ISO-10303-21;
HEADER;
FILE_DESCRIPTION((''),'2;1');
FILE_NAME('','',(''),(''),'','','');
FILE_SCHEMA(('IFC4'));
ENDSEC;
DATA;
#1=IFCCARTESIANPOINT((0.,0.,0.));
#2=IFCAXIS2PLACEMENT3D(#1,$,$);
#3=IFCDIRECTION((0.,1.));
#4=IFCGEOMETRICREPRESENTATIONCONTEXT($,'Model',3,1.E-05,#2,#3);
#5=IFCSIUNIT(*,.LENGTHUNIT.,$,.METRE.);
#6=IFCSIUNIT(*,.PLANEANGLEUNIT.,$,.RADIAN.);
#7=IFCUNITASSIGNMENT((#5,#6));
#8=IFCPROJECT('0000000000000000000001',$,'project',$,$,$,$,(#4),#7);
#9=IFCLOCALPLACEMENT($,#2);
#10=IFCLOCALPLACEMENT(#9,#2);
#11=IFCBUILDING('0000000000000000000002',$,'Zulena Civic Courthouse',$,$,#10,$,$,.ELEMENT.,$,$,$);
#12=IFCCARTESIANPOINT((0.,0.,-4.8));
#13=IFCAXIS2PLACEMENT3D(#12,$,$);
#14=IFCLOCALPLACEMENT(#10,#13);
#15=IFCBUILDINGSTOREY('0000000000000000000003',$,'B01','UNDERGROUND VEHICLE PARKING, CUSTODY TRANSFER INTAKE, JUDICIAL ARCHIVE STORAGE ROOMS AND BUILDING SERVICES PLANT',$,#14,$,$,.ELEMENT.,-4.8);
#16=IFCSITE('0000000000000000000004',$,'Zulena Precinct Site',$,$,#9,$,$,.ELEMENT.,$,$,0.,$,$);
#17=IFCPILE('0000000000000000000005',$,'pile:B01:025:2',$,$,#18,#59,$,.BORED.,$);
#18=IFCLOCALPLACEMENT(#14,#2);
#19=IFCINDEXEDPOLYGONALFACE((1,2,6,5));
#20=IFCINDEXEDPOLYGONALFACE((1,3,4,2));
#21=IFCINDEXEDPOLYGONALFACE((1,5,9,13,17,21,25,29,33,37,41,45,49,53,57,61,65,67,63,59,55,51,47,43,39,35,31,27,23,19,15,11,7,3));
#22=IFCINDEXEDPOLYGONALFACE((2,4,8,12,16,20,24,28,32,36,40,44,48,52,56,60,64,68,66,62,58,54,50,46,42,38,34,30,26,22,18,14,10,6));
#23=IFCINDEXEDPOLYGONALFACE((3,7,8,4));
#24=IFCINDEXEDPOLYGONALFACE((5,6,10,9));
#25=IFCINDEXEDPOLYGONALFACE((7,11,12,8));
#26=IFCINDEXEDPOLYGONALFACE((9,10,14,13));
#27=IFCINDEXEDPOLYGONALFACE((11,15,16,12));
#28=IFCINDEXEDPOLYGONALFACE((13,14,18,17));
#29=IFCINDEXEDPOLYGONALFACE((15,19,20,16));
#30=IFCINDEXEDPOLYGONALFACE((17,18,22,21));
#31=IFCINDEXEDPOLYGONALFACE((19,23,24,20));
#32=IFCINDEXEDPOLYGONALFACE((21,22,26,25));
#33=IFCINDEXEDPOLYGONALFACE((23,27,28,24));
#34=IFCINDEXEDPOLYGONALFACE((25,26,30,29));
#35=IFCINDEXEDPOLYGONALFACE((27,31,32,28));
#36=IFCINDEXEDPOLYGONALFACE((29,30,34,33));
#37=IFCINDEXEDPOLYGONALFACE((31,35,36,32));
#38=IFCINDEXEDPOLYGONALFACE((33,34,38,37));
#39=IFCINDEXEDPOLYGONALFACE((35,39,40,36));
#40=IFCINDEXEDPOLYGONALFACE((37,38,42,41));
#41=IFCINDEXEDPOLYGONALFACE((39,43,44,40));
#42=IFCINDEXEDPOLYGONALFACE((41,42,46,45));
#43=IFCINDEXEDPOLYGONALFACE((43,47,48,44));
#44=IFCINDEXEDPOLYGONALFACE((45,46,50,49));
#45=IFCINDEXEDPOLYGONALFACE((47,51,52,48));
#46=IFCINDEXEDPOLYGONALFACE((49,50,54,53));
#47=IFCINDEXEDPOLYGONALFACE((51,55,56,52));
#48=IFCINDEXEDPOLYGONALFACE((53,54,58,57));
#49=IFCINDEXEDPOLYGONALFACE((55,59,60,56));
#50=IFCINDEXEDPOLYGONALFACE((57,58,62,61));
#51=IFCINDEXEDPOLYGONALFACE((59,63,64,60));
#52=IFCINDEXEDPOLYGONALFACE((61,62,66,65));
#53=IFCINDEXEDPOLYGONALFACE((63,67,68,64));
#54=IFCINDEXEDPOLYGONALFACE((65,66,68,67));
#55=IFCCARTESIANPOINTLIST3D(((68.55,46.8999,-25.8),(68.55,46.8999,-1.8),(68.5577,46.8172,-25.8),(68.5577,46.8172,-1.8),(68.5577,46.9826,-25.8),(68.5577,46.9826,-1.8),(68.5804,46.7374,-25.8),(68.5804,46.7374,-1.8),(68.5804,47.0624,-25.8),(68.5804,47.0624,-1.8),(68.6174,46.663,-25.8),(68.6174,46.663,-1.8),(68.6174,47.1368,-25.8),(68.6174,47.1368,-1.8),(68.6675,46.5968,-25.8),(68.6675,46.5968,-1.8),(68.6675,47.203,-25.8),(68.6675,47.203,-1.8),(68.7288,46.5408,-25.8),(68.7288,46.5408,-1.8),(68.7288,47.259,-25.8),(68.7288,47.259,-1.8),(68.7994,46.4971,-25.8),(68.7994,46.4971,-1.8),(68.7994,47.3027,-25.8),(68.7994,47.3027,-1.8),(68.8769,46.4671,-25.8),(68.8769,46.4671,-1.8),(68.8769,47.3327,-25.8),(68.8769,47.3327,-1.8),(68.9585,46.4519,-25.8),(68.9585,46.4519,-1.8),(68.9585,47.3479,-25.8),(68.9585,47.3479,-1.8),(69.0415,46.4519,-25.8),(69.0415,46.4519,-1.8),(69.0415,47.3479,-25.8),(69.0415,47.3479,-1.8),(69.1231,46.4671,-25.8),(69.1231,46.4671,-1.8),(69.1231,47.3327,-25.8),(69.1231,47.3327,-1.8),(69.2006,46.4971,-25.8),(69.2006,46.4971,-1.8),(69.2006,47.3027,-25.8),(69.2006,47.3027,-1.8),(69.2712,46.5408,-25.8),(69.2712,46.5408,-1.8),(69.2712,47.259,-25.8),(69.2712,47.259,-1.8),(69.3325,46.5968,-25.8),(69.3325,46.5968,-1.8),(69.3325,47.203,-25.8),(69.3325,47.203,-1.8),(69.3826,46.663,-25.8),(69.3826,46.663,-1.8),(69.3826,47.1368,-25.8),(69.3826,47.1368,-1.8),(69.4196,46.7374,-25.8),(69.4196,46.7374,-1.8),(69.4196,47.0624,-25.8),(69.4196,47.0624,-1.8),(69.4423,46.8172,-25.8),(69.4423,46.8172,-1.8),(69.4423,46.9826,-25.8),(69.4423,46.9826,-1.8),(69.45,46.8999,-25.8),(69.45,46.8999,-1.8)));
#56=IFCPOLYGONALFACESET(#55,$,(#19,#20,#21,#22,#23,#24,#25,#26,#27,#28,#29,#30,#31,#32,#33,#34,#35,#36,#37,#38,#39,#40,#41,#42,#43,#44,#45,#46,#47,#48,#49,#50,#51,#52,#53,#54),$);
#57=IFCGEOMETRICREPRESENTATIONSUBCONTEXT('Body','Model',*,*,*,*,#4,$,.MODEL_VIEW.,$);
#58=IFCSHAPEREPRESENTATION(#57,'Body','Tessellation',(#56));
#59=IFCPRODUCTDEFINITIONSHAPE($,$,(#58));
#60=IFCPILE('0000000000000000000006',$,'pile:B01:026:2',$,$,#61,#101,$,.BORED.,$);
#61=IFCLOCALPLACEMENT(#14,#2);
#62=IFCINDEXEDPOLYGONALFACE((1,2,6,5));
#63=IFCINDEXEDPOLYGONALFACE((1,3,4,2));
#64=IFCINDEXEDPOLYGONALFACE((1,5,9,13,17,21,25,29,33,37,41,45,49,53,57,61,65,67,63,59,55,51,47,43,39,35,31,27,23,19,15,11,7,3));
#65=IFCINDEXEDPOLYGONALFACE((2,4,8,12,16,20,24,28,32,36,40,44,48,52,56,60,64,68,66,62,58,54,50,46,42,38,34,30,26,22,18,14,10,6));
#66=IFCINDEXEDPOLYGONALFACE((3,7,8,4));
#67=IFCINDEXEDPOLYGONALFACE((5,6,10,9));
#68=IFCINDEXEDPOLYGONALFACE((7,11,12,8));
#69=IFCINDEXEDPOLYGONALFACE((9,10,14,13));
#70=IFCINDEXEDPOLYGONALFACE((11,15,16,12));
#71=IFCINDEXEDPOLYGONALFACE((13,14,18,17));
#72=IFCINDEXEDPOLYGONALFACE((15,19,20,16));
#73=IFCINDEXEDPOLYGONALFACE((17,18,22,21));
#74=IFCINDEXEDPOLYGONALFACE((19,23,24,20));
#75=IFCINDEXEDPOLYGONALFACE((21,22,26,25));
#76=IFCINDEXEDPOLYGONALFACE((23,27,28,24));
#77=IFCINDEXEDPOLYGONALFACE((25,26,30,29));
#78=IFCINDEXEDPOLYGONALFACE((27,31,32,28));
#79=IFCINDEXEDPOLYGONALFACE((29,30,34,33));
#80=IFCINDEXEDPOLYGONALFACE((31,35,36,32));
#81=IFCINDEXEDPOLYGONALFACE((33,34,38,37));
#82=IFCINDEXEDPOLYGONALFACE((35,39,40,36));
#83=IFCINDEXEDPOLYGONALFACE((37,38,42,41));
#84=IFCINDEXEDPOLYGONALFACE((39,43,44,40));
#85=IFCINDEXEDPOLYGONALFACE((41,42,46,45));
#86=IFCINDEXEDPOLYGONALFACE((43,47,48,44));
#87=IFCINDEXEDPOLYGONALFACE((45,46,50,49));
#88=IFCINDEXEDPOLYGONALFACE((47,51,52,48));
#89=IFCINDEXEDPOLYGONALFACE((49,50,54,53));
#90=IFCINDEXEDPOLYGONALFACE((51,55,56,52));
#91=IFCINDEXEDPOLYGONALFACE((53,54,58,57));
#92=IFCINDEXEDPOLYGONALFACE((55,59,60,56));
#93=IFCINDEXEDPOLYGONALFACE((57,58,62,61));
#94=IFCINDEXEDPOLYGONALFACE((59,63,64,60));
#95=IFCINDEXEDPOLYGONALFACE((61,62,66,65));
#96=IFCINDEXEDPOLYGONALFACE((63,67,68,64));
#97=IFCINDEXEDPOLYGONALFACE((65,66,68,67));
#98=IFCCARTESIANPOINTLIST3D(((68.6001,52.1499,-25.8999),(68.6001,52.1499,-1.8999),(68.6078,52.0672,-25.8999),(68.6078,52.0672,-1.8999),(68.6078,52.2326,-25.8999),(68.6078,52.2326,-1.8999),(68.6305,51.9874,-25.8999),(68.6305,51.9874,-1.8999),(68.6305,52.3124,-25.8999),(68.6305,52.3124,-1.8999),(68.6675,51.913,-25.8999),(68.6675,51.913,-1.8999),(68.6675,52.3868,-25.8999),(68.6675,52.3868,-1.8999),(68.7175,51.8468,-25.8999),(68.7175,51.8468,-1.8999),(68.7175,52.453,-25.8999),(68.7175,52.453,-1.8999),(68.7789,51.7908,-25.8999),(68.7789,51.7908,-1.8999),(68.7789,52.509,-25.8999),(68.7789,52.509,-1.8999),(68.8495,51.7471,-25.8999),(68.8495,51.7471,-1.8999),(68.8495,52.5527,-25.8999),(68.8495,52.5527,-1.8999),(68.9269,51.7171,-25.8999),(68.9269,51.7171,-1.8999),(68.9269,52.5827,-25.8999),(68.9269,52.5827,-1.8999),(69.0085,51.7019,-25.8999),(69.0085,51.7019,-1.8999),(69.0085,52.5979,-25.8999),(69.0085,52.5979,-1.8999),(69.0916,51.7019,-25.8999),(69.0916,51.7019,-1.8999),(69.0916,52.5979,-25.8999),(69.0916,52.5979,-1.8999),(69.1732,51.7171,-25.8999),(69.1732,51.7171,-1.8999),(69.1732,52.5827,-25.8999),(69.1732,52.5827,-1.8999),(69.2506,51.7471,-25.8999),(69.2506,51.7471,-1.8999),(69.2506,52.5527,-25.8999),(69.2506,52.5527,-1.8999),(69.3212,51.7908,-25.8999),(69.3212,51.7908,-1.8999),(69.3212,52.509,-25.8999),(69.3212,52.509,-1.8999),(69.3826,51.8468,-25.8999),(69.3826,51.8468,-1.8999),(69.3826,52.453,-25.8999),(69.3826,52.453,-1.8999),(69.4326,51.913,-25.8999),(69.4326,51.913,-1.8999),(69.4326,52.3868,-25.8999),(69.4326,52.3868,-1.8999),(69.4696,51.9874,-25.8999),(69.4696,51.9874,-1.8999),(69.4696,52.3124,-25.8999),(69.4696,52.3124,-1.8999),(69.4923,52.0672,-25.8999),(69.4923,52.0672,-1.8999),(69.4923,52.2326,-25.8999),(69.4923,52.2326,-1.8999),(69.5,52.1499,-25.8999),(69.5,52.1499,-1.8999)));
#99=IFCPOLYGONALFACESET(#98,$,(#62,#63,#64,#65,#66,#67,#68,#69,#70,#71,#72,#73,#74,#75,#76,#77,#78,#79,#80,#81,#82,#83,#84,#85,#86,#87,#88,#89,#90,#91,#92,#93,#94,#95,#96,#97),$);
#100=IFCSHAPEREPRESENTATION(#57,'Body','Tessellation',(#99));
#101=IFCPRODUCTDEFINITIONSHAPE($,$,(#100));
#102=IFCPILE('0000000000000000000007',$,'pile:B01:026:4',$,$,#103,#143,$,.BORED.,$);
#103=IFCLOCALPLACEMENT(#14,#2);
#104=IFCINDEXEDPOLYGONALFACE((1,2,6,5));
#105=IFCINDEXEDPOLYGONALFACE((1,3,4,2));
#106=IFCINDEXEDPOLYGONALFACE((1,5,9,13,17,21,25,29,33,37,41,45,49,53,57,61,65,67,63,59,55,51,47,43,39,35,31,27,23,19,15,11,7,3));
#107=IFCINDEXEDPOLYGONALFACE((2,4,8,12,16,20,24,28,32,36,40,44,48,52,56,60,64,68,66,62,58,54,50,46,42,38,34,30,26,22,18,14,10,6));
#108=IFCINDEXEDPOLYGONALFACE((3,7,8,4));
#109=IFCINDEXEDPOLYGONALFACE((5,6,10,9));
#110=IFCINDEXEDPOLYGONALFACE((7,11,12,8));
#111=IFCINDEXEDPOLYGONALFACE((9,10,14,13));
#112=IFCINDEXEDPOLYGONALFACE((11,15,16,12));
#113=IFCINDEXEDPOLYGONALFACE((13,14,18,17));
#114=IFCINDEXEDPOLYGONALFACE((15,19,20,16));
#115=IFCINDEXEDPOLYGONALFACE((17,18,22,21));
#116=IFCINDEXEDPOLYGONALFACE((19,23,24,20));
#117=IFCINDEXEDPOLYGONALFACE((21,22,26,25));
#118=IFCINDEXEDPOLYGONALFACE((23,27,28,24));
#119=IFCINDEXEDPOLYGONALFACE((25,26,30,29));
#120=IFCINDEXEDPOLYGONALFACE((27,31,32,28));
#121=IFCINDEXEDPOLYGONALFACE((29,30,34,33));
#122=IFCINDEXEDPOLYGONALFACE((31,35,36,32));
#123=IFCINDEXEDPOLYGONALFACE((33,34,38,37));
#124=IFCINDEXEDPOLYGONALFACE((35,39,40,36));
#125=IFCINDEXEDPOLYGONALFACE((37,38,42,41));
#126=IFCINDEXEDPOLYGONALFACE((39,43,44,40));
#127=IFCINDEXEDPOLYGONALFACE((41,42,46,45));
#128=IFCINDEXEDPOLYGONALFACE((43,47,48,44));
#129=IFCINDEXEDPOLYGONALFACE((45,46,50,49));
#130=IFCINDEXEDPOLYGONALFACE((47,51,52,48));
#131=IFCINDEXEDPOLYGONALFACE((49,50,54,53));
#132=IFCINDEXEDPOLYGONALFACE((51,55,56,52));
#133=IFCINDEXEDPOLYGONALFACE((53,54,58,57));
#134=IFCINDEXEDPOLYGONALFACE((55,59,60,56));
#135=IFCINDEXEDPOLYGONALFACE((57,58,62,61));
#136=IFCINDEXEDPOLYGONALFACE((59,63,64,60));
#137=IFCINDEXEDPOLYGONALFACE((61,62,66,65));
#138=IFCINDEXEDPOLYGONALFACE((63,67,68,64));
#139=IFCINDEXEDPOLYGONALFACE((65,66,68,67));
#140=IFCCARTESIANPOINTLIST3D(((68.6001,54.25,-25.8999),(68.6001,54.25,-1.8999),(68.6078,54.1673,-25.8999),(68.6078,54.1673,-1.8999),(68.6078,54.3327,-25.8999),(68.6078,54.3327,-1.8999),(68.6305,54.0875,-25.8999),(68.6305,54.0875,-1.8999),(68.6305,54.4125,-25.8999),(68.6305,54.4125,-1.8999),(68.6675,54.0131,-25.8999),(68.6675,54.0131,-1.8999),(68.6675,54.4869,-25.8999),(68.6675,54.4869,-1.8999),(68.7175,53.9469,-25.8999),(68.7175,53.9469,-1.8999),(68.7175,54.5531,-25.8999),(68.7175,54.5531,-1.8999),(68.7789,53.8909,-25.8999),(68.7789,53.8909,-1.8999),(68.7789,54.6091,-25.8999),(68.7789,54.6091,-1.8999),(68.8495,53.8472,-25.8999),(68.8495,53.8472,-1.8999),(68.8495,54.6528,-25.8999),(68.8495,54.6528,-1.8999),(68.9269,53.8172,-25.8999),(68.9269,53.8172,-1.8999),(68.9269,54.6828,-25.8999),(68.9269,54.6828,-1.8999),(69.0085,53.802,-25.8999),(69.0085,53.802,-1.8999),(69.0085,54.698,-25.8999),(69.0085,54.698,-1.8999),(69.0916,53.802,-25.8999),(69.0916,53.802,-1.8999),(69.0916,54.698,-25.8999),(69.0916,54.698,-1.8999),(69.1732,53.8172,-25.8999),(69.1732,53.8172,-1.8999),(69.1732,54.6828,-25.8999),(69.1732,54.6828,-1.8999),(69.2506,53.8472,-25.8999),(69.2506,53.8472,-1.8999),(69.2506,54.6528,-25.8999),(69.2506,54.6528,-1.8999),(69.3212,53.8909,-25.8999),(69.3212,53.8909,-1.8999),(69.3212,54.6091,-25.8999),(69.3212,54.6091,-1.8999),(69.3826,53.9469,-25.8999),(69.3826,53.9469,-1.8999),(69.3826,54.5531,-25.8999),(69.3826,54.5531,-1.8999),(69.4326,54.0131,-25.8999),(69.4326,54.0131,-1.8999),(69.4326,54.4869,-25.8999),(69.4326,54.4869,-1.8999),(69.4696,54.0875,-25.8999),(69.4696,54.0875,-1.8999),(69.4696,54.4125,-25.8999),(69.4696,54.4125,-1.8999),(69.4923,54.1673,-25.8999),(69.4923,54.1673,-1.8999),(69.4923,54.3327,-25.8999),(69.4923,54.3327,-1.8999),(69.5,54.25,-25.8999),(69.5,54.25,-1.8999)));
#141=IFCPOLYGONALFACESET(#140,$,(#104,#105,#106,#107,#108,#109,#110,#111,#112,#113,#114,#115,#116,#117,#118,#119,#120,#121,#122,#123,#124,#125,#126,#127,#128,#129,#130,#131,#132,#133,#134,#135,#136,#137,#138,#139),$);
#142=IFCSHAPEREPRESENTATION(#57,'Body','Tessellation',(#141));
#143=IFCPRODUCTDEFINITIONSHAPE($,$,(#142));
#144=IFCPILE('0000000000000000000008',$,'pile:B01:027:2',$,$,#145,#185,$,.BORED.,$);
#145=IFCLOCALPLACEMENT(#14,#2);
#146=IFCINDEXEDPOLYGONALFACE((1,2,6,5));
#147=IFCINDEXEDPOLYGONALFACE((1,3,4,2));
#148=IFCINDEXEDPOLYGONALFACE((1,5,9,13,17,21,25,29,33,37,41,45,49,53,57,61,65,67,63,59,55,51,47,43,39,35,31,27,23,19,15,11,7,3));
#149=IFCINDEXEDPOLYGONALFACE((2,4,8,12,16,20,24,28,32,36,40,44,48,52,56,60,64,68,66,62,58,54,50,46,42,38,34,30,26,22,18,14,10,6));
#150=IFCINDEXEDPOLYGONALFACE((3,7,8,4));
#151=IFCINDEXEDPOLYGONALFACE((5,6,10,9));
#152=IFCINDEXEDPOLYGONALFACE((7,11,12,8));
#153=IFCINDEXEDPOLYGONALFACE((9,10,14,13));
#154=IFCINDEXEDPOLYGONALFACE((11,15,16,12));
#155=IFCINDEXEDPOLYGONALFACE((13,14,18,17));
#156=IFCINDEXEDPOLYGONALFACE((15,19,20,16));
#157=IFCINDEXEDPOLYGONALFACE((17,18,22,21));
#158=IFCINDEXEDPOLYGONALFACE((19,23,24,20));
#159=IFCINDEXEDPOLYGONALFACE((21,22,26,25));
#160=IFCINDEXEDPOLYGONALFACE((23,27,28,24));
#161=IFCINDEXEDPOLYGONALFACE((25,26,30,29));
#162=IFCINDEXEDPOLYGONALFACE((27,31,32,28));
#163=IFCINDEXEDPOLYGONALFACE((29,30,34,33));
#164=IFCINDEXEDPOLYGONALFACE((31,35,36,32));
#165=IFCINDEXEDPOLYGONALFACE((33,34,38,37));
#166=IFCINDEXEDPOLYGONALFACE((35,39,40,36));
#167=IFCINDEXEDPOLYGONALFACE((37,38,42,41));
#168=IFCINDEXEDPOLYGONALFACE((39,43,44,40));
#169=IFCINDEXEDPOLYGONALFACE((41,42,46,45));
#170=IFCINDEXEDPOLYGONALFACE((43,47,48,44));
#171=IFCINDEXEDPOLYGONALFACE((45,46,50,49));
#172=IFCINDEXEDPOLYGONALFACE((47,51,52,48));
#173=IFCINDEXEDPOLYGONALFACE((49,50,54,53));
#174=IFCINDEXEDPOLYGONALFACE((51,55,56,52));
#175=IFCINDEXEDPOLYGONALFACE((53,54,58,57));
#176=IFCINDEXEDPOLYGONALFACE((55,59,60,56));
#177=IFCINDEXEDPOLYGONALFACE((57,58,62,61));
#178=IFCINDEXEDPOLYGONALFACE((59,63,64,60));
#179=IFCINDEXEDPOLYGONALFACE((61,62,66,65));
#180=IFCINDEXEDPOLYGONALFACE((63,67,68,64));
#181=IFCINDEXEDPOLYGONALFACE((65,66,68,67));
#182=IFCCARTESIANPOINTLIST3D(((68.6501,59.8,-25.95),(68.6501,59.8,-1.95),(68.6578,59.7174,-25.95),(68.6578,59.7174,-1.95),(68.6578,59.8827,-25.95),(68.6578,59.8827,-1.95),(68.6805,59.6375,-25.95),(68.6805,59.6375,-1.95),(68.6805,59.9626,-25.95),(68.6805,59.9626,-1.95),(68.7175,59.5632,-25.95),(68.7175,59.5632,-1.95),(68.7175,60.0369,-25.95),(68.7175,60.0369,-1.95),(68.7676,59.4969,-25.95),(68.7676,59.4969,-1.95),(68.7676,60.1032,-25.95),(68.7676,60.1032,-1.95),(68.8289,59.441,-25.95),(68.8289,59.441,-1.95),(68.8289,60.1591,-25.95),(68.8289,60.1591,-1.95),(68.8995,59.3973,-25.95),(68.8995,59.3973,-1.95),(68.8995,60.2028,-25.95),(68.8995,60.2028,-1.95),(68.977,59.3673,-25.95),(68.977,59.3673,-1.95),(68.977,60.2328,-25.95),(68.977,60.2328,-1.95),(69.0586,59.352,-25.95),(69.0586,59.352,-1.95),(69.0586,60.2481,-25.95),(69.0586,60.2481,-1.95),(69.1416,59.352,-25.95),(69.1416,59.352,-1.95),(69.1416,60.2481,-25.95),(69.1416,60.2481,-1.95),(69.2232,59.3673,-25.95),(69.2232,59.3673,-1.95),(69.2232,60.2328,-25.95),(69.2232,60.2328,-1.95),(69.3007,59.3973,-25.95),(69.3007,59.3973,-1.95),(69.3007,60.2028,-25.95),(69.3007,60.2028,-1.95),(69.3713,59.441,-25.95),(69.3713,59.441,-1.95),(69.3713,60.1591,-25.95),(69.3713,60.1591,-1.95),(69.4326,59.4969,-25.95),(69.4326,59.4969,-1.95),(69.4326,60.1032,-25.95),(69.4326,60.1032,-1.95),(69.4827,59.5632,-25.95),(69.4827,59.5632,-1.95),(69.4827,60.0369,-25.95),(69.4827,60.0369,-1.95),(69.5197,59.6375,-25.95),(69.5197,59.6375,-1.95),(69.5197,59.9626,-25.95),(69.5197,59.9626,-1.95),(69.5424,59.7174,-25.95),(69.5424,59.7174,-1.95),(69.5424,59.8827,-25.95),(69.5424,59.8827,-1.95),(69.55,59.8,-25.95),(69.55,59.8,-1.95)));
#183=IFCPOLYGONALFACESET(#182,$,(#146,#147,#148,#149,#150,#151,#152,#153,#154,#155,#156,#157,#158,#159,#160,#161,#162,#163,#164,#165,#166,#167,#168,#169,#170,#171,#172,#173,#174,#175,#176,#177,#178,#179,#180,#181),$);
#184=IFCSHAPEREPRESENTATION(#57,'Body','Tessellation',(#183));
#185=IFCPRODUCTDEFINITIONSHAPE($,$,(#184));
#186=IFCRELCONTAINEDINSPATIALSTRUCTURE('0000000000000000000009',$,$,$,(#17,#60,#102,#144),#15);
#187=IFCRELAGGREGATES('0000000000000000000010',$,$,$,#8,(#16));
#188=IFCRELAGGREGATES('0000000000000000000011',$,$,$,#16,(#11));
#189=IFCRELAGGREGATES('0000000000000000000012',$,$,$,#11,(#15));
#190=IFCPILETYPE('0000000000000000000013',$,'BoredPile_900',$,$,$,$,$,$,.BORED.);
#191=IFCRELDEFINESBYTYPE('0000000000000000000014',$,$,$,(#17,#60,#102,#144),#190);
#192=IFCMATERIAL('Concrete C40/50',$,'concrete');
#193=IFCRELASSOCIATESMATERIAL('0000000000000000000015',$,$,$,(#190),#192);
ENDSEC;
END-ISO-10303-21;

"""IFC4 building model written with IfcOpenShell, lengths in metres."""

from ifc_helpers import new_model, si_unit, direction, frame, origin, origin_2d, place, context, subcontext, project, spatial, circle, extrude, material, material_profile, profile_set, type_object, element, save


model = new_model("IFC4")

# Units and contexts
model_context = context("Model", 3, precision=1e-05, world=origin(), true_north=direction((0.0, 1.0)))
body_context = subcontext(model_context, "Body", "Model", "MODEL_VIEW")
ifc_project = project(units=[si_unit("LENGTHUNIT", "METRE"), si_unit("PLANEANGLEUNIT", "RADIAN")], contexts=[model_context])

# Site, building, storey
site_placement = place(None, origin())
site = spatial("IfcSite", under=ifc_project, at=site_placement, Name="Zulena Precinct Site", CompositionType="ELEMENT", RefElevation=0.0)
building_placement = place(site_placement, origin())
building = spatial("IfcBuilding", under=site, at=building_placement, Name="Zulena Civic Courthouse", CompositionType="ELEMENT")
storey_placement = place(building_placement, frame((0.0, 0.0, -4.8)))
storey = spatial("IfcBuildingStorey", under=building, at=storey_placement, Name="B01", Description="UNDERGROUND VEHICLE PARKING, CUSTODY TRANSFER INTAKE, JUDICIAL ARCHIVE STORAGE ROOMS AND BUILDING SERVICES PLANT", CompositionType="ELEMENT", Elevation=-4.8)

# Piles
ifc_material_1 = material(Name="Concrete C40/50", Category="concrete")
ifc_material_profile_1 = material_profile(ifc_material_1, circle(Radius=0.45, at=origin_2d()), Name="PILE900")
ifc_profile_set_1 = profile_set([ifc_material_profile_1], Name="Concrete C40/50")
pile_type = type_object("IfcPileType", Name="BoredPile_900", PredefinedType="BORED", material=ifc_profile_set_1)
for number, where, z_axis, x_axis, name in (
    (1, (69.0, 46.8999, -1.8), (0.0, 0.0, -1.0), (1.0, 0.0, 0.0), "pile:B01:025:2"),
    (2, (69.05, 52.1499, -1.8999), (0.0, 0.0, -1.0), (1.0, 0.0, 0.0), "pile:B01:026:2"),
    (3, (69.05, 54.25, -1.8999), (0.0, 0.0, -1.0), (1.0, 0.0, 0.0), "pile:B01:026:4"),
    (4, (69.1001, 59.8, -1.95), (0.0, 0.0, -1.0), (1.0, 0.0, 0.0), "pile:B01:027:2"),
):
    element("IfcPile", number, at=place(storey_placement, frame(where, z_axis=z_axis, x_axis=x_axis)), inside=storey, type_object=pile_type, Name=name, PredefinedType="BORED", context=body_context, shape_type="SweptSolid", body=[
        extrude(circle(Radius=0.45, at=origin_2d()), origin(), (0.0, 0.0, 1.0), 24.0),
    ])

save(model, "model.ifc")
